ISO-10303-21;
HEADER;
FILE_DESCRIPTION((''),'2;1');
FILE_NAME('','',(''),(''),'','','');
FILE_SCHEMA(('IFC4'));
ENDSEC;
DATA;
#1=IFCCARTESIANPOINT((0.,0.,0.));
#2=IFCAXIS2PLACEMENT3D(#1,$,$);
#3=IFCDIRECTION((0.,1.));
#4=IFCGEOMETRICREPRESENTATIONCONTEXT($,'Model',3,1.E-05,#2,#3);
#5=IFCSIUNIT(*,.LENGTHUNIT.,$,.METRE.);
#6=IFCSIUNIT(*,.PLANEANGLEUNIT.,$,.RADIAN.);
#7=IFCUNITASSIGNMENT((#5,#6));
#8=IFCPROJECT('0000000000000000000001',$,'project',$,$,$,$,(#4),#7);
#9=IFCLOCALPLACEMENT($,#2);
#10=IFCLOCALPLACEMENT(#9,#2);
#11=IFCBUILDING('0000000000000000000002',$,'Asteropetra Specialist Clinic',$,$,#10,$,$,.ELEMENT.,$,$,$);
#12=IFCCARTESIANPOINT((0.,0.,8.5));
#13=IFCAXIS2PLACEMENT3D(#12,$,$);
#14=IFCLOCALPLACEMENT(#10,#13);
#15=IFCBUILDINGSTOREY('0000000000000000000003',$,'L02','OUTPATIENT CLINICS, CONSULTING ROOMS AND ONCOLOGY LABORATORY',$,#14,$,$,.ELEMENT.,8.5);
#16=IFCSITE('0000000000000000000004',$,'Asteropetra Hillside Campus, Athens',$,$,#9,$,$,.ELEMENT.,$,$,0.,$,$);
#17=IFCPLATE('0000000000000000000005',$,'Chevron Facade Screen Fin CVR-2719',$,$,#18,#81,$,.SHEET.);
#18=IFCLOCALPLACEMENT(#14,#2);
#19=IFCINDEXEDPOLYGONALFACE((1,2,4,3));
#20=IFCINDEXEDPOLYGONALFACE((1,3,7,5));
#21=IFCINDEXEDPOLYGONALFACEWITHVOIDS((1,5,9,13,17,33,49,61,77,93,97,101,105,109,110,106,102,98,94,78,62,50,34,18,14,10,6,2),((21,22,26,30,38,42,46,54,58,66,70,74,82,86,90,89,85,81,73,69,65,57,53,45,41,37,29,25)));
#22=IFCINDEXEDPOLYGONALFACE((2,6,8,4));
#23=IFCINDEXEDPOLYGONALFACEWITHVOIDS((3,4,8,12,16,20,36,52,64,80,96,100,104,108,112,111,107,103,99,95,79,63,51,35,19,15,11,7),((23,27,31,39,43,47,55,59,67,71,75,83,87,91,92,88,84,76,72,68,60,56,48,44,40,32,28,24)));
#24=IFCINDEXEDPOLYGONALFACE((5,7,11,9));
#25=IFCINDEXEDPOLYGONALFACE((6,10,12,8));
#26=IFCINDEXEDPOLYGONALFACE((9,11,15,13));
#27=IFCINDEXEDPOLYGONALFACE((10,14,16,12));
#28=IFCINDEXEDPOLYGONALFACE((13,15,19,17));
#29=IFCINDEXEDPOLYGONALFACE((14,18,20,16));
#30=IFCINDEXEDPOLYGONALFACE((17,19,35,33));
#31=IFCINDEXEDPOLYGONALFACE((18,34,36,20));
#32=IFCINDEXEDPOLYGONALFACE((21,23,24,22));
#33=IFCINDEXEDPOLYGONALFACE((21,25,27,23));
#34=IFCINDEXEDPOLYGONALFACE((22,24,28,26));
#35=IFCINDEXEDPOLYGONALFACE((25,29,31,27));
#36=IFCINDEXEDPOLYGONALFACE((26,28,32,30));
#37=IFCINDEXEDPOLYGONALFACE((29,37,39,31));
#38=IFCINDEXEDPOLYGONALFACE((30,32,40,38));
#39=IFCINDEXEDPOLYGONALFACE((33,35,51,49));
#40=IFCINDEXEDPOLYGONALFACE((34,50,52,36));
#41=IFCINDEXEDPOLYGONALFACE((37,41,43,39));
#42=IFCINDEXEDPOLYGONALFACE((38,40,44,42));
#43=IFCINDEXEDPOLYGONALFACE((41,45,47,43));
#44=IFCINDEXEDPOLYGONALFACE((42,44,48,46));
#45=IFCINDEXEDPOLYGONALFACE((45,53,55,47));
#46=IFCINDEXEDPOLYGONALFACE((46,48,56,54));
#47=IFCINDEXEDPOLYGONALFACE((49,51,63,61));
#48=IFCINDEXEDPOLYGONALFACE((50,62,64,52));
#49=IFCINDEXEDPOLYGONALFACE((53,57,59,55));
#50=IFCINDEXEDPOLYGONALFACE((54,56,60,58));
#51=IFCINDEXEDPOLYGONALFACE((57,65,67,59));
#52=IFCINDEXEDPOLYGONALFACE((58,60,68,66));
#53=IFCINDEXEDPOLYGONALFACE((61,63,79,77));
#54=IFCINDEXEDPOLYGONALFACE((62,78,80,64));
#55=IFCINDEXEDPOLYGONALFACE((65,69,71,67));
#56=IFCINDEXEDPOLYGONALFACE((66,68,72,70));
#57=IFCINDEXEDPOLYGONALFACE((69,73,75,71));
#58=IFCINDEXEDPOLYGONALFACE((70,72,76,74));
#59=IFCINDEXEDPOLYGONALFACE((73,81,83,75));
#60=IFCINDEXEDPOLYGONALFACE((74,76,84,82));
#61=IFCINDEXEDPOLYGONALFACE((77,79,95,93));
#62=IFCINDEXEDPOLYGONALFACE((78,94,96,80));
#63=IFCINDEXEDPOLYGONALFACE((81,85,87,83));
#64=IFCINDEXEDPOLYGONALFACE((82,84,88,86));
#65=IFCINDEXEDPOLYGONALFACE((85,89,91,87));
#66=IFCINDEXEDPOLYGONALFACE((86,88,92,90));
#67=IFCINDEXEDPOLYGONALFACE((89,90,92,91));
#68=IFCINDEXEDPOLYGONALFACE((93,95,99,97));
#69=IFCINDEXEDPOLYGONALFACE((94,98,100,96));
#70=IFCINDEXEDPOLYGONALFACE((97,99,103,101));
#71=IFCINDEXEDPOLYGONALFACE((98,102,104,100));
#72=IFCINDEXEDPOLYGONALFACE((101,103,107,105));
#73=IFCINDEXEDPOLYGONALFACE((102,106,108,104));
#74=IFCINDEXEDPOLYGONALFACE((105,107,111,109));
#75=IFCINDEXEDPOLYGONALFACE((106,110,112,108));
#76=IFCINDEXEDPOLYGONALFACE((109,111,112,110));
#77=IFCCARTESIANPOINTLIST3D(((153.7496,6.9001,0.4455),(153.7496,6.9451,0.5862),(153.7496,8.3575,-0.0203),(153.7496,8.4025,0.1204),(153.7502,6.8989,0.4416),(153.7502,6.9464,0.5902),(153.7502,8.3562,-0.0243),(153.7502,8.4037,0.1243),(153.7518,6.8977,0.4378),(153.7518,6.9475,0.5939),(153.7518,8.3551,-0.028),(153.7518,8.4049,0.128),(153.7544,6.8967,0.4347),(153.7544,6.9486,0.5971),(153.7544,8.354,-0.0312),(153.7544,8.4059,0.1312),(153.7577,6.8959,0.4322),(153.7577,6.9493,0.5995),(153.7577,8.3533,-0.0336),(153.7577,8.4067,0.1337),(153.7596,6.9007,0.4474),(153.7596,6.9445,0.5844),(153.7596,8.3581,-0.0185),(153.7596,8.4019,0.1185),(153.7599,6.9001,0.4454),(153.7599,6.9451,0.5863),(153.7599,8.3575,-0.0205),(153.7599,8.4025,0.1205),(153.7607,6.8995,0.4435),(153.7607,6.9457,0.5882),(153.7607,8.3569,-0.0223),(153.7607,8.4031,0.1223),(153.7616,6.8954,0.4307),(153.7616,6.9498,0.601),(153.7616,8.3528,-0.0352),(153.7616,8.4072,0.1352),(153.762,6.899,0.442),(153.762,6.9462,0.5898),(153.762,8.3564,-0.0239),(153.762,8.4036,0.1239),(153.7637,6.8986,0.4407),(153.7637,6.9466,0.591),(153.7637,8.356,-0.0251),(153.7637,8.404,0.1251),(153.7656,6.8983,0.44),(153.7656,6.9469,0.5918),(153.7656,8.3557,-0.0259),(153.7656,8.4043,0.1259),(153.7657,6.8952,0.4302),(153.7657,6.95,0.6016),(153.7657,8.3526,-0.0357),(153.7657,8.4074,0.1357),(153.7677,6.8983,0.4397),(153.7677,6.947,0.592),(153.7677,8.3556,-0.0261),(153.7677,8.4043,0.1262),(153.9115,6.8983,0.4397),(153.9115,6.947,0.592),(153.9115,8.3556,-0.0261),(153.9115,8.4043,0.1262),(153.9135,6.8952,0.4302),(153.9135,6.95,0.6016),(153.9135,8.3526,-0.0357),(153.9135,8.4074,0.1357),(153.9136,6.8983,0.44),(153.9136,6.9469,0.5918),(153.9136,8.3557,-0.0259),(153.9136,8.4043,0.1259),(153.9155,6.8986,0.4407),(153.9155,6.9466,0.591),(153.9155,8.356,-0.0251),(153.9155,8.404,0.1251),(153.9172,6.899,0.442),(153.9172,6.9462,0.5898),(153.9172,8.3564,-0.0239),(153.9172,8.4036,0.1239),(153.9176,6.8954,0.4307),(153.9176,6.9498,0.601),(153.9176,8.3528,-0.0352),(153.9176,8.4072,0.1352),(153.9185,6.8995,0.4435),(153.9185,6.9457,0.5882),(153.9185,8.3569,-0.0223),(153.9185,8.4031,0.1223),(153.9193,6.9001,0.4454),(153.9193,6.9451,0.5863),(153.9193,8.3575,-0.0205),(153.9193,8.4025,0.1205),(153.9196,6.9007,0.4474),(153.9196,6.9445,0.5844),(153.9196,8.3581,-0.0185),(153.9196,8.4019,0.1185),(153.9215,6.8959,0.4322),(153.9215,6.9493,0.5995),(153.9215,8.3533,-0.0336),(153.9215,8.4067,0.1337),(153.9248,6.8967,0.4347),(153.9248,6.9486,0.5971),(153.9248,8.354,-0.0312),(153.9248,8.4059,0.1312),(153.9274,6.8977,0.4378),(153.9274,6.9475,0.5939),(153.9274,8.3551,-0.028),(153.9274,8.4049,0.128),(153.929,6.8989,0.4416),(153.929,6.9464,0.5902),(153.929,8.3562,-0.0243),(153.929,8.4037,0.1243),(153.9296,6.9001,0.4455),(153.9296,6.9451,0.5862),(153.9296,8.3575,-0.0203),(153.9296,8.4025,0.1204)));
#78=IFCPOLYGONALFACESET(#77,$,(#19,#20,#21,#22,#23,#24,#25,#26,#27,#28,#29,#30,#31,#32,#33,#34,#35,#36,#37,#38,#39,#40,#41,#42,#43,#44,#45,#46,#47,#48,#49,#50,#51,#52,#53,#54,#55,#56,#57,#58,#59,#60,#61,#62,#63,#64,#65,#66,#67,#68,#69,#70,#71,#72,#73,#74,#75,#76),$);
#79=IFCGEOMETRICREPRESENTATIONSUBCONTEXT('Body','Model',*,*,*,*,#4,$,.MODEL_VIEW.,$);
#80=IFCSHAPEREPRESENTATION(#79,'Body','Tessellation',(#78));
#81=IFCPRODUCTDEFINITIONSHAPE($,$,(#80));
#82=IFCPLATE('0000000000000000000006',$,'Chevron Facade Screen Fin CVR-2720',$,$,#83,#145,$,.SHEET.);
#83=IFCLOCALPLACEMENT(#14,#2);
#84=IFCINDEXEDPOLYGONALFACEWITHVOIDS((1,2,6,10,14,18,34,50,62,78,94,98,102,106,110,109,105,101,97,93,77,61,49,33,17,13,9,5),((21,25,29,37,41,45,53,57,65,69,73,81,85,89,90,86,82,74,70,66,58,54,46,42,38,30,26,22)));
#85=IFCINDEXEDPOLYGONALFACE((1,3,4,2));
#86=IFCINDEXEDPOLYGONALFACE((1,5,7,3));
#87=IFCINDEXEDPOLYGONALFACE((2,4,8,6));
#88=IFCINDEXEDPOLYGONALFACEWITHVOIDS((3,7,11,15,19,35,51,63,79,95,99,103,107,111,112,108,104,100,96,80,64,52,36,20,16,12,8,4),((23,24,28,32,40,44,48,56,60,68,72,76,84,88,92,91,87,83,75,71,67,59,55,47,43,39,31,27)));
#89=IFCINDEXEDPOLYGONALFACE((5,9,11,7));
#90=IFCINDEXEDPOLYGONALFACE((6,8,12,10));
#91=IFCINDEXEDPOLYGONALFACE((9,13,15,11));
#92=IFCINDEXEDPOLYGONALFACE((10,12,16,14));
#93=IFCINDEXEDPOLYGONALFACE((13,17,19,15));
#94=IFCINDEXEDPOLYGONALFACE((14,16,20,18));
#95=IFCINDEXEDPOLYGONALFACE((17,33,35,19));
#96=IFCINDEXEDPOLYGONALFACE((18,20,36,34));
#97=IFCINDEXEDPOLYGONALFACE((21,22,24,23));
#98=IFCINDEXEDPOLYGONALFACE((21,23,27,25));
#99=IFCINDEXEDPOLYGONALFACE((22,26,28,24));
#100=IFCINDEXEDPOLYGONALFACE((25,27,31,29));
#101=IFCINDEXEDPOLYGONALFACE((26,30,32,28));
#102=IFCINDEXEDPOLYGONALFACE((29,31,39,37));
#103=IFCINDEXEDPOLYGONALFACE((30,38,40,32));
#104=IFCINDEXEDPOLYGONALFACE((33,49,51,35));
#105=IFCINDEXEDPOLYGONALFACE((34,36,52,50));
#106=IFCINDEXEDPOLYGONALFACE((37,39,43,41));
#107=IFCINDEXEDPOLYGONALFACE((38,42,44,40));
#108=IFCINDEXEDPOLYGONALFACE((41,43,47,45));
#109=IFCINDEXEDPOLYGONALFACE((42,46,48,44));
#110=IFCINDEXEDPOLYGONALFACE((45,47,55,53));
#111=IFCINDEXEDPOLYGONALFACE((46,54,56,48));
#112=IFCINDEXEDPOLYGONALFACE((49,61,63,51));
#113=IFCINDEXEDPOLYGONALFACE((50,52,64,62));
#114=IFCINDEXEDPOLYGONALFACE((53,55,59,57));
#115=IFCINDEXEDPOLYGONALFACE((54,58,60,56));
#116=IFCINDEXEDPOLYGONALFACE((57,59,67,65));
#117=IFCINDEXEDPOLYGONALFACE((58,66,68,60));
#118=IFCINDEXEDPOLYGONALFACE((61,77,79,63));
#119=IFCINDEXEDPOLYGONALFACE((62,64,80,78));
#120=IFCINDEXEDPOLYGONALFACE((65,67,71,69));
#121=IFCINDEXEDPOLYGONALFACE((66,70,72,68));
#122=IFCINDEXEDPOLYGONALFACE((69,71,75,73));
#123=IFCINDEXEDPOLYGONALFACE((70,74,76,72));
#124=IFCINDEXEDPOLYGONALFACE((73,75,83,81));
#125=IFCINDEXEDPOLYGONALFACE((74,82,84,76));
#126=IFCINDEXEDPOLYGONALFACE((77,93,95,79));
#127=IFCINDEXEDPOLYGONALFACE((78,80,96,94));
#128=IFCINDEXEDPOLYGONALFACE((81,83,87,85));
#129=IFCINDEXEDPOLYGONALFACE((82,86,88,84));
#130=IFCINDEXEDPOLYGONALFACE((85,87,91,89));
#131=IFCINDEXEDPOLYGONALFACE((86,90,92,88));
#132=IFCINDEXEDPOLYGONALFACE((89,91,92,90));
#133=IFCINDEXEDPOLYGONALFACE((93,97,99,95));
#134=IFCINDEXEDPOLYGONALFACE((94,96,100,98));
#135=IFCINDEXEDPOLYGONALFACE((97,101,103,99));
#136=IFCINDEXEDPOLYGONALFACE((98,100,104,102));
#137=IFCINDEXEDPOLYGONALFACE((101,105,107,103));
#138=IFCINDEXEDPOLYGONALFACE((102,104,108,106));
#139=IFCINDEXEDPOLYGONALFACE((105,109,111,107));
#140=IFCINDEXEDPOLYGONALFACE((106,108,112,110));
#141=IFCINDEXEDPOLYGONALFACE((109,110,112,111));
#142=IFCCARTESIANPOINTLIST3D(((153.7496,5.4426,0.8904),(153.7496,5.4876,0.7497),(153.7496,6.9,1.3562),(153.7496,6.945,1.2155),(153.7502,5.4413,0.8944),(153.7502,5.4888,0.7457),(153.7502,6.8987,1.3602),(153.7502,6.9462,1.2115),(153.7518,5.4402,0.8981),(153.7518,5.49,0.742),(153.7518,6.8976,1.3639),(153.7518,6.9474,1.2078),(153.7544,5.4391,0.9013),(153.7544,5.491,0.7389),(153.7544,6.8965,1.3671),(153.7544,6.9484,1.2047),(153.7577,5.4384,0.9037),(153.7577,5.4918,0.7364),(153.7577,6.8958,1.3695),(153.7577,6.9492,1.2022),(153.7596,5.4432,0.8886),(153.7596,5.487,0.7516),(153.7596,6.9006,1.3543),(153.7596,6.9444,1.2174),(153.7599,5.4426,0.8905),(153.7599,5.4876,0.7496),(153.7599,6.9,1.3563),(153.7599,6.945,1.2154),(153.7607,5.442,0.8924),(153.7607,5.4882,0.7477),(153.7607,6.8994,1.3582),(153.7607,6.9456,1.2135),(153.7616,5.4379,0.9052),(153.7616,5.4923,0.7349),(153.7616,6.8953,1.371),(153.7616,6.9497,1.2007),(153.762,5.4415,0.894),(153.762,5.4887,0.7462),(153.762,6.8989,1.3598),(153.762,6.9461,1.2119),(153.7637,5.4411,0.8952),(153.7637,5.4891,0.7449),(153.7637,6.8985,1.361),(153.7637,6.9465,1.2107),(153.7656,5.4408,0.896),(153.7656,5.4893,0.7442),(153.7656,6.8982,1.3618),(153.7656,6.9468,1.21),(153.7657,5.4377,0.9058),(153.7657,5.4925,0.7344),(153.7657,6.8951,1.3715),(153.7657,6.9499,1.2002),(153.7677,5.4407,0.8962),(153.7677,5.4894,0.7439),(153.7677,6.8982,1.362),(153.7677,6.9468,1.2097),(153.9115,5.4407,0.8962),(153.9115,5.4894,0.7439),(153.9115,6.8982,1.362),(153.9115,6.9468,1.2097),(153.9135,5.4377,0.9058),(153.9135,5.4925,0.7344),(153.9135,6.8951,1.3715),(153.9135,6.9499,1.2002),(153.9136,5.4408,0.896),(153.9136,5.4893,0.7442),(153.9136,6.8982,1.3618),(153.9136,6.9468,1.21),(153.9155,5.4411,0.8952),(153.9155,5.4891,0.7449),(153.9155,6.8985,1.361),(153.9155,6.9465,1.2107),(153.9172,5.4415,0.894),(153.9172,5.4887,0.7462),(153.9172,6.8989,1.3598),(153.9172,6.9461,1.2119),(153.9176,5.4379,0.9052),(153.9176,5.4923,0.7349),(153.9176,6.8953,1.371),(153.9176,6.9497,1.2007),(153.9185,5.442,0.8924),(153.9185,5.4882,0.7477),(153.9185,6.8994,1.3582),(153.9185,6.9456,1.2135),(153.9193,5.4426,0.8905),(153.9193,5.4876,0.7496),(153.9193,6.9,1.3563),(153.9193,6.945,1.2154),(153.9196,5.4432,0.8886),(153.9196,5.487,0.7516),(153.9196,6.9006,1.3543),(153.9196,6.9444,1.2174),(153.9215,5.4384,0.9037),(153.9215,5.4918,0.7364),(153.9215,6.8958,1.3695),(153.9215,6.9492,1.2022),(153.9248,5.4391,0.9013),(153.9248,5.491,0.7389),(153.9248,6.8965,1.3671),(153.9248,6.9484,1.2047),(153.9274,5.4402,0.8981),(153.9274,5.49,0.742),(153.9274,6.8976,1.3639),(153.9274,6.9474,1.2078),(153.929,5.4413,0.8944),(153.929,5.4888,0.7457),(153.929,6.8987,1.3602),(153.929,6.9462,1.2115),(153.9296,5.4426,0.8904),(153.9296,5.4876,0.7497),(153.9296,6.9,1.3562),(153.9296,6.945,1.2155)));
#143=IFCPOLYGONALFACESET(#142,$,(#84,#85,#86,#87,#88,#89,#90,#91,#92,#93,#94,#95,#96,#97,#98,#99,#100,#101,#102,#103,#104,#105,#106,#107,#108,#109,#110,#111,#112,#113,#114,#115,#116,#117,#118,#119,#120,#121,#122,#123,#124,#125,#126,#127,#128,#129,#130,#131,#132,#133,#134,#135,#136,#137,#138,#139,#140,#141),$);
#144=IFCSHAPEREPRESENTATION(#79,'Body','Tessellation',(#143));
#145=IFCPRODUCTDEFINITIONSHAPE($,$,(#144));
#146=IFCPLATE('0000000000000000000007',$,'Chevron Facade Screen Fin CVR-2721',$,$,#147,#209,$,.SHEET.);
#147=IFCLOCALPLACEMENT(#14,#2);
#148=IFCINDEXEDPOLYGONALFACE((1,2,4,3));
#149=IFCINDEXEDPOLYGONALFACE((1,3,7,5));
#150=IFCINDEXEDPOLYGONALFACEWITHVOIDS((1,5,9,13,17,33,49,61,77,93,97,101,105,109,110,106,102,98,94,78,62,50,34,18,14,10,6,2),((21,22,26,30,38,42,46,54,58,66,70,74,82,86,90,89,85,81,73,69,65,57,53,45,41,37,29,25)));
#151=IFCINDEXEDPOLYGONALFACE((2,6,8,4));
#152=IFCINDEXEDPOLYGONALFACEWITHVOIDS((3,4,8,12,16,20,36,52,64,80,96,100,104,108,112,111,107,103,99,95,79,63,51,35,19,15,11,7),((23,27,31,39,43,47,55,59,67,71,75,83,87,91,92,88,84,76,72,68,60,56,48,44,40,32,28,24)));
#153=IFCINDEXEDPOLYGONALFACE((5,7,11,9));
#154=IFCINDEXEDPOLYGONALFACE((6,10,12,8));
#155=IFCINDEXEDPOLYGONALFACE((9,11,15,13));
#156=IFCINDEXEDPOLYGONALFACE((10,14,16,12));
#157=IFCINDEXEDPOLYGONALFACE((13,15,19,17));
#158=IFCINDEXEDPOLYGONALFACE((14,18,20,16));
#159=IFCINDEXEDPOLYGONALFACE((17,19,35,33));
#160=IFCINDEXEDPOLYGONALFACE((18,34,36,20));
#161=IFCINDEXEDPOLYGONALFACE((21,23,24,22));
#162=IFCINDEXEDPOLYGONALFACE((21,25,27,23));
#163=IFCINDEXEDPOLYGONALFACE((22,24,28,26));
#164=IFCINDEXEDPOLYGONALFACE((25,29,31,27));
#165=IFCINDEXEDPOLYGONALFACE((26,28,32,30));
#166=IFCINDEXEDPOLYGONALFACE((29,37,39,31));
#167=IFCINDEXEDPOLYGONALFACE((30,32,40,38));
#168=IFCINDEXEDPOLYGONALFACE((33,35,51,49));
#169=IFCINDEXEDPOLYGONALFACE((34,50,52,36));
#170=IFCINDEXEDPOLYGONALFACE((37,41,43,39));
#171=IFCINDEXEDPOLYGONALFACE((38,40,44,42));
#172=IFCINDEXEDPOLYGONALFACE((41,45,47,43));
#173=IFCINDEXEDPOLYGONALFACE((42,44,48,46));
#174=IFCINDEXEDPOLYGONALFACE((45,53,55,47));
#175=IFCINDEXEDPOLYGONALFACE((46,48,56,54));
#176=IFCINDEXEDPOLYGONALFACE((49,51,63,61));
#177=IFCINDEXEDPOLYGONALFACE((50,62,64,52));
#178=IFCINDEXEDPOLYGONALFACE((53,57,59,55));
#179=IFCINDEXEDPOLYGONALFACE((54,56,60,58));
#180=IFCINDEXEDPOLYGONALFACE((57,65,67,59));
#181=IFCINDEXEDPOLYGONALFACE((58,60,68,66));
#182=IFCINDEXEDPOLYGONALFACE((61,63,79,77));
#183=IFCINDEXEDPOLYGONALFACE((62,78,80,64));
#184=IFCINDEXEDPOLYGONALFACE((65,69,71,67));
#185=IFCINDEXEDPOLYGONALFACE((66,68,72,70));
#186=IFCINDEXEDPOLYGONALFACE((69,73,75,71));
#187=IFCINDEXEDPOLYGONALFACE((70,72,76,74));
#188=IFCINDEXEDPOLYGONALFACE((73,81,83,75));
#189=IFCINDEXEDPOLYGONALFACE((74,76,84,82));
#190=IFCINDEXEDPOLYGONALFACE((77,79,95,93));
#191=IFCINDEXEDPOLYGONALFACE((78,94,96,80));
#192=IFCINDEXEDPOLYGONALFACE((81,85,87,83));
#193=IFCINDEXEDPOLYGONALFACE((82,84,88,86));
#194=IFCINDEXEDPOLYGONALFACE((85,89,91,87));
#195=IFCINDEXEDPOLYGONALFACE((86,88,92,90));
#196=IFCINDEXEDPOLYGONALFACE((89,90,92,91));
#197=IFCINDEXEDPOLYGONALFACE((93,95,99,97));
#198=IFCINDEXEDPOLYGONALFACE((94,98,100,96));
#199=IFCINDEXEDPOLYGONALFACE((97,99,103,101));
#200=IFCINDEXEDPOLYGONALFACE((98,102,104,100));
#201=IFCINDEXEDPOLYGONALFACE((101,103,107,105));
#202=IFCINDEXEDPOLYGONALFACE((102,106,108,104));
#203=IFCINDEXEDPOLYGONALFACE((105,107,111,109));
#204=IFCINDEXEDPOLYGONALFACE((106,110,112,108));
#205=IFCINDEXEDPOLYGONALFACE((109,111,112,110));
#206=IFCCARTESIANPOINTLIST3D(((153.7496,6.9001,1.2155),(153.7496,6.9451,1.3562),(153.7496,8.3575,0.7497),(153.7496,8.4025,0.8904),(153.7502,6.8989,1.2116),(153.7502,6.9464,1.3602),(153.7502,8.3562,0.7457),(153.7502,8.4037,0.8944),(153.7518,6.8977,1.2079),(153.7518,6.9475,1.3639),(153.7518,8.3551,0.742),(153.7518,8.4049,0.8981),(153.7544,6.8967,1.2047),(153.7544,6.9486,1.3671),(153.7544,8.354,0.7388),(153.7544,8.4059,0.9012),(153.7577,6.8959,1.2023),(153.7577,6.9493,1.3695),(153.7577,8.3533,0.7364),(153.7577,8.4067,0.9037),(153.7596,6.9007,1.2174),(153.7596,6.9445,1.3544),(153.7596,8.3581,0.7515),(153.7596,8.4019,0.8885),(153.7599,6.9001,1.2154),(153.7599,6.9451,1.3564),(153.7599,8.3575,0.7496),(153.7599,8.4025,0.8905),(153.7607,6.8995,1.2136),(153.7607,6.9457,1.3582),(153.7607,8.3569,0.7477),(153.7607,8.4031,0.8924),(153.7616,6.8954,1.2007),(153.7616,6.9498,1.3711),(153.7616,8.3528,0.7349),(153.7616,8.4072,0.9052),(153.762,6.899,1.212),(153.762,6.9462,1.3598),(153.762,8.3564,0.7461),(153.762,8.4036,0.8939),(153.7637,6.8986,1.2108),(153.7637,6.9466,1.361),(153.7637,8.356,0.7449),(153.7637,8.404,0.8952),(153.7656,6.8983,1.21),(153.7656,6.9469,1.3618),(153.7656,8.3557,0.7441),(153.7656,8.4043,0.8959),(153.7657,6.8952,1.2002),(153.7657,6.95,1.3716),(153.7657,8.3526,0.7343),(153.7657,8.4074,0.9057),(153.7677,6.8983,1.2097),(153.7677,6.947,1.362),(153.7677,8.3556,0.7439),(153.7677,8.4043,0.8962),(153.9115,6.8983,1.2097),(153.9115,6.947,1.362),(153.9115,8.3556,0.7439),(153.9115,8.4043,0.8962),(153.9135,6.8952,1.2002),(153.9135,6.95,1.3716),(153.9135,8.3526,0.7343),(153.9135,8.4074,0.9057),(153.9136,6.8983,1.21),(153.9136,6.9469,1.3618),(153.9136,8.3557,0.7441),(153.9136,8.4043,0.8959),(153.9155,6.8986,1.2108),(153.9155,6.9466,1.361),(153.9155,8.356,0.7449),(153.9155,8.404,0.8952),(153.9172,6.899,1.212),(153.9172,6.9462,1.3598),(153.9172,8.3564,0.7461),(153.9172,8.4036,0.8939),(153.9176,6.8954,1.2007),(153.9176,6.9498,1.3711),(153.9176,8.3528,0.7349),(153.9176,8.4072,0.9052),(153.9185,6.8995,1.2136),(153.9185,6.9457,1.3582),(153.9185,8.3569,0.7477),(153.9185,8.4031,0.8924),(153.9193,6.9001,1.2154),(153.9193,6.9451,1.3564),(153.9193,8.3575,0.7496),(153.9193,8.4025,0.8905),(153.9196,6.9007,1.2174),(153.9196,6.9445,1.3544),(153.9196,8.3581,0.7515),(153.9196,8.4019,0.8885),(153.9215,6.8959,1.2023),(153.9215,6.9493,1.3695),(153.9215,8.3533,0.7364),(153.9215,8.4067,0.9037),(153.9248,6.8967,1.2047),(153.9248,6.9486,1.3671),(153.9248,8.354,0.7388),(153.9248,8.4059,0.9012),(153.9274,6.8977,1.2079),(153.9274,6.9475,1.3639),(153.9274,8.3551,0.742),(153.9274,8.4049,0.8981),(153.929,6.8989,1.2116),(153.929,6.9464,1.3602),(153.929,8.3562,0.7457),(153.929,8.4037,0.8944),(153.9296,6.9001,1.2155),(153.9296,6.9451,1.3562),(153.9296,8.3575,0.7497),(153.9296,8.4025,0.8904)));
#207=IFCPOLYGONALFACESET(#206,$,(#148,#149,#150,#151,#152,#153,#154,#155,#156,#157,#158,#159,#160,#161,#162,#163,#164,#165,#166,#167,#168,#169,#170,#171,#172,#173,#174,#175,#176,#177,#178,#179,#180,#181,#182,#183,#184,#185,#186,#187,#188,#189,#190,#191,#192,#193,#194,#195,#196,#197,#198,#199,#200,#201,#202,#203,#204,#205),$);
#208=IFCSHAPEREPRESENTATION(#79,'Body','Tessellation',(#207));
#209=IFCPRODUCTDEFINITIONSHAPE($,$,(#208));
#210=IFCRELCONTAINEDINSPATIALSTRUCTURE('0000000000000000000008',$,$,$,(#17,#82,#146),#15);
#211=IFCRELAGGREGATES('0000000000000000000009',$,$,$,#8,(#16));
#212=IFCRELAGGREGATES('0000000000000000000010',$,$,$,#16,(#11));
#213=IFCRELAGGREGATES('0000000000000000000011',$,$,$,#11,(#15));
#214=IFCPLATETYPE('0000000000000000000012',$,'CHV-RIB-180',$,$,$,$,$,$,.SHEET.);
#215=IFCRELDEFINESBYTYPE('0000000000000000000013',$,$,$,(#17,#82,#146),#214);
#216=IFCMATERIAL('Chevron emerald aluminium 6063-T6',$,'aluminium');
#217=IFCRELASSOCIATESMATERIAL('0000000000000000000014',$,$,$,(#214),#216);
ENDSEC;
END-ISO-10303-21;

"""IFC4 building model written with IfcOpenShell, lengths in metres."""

from ifc_helpers import new_model, si_unit, direction, frame, origin, origin_2d, place, context, subcontext, project, spatial, hollow_rectangle, extrude, material, material_profile, profile_set, type_object, element, save


model = new_model("IFC4")

# Units and contexts
model_context = context("Model", 3, precision=1e-05, world=origin(), true_north=direction((0.0, 1.0)))
body_context = subcontext(model_context, "Body", "Model", "MODEL_VIEW")
ifc_project = project(units=[si_unit("LENGTHUNIT", "METRE"), si_unit("PLANEANGLEUNIT", "RADIAN")], contexts=[model_context])

# Site, building, storey
site_placement = place(None, origin())
site = spatial("IfcSite", under=ifc_project, at=site_placement, Name="Asteropetra Hillside Campus, Athens", CompositionType="ELEMENT", RefElevation=0.0)
building_placement = place(site_placement, origin())
building = spatial("IfcBuilding", under=site, at=building_placement, Name="Asteropetra Specialist Clinic", CompositionType="ELEMENT")
storey_placement = place(building_placement, frame((0.0, 0.0, 8.5)))
storey = spatial("IfcBuildingStorey", under=building, at=storey_placement, Name="L02", Description="OUTPATIENT CLINICS, CONSULTING ROOMS AND ONCOLOGY LABORATORY", CompositionType="ELEMENT", Elevation=8.5)

# Plates
ifc_material_1 = material(Name="Chevron emerald aluminium 6063-T6", Category="aluminium")
ifc_material_profile_1 = material_profile(ifc_material_1, hollow_rectangle(XDim=0.1799, YDim=0.1799, WallThickness=0.01, InnerFilletRadius=0.0081, OuterFilletRadius=0.0161, at=origin_2d()), Name="SHS 180x180x10.0")
ifc_profile_set_1 = profile_set([ifc_material_profile_1], Name="Chevron emerald aluminium 6063-T6")
plate_type = type_object("IfcPlateType", Name="CHV-RIB-180", PredefinedType="SHEET", material=ifc_profile_set_1)
for number, where, z_axis, x_axis, name in (
    (1, (153.8396, 6.9226, 0.5159), (0.0, 0.95252, -0.304475), (-1.0, 0.0, 0.0), "Chevron Facade Screen Fin CVR-2719"),
    (2, (153.8396, 5.4651, 0.8201), (0.0, 0.952535, 0.304428), (-1.0, 0.0, 0.0), "Chevron Facade Screen Fin CVR-2720"),
    (3, (153.8396, 6.9226, 1.2859), (0.0, 0.95252, -0.304475), (-1.0, 0.0, 0.0), "Chevron Facade Screen Fin CVR-2721"),
):
    element("IfcPlate", number, at=place(storey_placement, frame(where, z_axis=z_axis, x_axis=x_axis)), inside=storey, type_object=plate_type, Name=name, PredefinedType="SHEET", context=body_context, shape_type="SweptSolid", body=[
        extrude(hollow_rectangle(XDim=0.1799, YDim=0.1799, WallThickness=0.01, InnerFilletRadius=0.0081, OuterFilletRadius=0.0161, at=origin_2d()), origin(), (0.0, 0.0, 1.0), 1.53),
    ])

save(model, "model.ifc")
